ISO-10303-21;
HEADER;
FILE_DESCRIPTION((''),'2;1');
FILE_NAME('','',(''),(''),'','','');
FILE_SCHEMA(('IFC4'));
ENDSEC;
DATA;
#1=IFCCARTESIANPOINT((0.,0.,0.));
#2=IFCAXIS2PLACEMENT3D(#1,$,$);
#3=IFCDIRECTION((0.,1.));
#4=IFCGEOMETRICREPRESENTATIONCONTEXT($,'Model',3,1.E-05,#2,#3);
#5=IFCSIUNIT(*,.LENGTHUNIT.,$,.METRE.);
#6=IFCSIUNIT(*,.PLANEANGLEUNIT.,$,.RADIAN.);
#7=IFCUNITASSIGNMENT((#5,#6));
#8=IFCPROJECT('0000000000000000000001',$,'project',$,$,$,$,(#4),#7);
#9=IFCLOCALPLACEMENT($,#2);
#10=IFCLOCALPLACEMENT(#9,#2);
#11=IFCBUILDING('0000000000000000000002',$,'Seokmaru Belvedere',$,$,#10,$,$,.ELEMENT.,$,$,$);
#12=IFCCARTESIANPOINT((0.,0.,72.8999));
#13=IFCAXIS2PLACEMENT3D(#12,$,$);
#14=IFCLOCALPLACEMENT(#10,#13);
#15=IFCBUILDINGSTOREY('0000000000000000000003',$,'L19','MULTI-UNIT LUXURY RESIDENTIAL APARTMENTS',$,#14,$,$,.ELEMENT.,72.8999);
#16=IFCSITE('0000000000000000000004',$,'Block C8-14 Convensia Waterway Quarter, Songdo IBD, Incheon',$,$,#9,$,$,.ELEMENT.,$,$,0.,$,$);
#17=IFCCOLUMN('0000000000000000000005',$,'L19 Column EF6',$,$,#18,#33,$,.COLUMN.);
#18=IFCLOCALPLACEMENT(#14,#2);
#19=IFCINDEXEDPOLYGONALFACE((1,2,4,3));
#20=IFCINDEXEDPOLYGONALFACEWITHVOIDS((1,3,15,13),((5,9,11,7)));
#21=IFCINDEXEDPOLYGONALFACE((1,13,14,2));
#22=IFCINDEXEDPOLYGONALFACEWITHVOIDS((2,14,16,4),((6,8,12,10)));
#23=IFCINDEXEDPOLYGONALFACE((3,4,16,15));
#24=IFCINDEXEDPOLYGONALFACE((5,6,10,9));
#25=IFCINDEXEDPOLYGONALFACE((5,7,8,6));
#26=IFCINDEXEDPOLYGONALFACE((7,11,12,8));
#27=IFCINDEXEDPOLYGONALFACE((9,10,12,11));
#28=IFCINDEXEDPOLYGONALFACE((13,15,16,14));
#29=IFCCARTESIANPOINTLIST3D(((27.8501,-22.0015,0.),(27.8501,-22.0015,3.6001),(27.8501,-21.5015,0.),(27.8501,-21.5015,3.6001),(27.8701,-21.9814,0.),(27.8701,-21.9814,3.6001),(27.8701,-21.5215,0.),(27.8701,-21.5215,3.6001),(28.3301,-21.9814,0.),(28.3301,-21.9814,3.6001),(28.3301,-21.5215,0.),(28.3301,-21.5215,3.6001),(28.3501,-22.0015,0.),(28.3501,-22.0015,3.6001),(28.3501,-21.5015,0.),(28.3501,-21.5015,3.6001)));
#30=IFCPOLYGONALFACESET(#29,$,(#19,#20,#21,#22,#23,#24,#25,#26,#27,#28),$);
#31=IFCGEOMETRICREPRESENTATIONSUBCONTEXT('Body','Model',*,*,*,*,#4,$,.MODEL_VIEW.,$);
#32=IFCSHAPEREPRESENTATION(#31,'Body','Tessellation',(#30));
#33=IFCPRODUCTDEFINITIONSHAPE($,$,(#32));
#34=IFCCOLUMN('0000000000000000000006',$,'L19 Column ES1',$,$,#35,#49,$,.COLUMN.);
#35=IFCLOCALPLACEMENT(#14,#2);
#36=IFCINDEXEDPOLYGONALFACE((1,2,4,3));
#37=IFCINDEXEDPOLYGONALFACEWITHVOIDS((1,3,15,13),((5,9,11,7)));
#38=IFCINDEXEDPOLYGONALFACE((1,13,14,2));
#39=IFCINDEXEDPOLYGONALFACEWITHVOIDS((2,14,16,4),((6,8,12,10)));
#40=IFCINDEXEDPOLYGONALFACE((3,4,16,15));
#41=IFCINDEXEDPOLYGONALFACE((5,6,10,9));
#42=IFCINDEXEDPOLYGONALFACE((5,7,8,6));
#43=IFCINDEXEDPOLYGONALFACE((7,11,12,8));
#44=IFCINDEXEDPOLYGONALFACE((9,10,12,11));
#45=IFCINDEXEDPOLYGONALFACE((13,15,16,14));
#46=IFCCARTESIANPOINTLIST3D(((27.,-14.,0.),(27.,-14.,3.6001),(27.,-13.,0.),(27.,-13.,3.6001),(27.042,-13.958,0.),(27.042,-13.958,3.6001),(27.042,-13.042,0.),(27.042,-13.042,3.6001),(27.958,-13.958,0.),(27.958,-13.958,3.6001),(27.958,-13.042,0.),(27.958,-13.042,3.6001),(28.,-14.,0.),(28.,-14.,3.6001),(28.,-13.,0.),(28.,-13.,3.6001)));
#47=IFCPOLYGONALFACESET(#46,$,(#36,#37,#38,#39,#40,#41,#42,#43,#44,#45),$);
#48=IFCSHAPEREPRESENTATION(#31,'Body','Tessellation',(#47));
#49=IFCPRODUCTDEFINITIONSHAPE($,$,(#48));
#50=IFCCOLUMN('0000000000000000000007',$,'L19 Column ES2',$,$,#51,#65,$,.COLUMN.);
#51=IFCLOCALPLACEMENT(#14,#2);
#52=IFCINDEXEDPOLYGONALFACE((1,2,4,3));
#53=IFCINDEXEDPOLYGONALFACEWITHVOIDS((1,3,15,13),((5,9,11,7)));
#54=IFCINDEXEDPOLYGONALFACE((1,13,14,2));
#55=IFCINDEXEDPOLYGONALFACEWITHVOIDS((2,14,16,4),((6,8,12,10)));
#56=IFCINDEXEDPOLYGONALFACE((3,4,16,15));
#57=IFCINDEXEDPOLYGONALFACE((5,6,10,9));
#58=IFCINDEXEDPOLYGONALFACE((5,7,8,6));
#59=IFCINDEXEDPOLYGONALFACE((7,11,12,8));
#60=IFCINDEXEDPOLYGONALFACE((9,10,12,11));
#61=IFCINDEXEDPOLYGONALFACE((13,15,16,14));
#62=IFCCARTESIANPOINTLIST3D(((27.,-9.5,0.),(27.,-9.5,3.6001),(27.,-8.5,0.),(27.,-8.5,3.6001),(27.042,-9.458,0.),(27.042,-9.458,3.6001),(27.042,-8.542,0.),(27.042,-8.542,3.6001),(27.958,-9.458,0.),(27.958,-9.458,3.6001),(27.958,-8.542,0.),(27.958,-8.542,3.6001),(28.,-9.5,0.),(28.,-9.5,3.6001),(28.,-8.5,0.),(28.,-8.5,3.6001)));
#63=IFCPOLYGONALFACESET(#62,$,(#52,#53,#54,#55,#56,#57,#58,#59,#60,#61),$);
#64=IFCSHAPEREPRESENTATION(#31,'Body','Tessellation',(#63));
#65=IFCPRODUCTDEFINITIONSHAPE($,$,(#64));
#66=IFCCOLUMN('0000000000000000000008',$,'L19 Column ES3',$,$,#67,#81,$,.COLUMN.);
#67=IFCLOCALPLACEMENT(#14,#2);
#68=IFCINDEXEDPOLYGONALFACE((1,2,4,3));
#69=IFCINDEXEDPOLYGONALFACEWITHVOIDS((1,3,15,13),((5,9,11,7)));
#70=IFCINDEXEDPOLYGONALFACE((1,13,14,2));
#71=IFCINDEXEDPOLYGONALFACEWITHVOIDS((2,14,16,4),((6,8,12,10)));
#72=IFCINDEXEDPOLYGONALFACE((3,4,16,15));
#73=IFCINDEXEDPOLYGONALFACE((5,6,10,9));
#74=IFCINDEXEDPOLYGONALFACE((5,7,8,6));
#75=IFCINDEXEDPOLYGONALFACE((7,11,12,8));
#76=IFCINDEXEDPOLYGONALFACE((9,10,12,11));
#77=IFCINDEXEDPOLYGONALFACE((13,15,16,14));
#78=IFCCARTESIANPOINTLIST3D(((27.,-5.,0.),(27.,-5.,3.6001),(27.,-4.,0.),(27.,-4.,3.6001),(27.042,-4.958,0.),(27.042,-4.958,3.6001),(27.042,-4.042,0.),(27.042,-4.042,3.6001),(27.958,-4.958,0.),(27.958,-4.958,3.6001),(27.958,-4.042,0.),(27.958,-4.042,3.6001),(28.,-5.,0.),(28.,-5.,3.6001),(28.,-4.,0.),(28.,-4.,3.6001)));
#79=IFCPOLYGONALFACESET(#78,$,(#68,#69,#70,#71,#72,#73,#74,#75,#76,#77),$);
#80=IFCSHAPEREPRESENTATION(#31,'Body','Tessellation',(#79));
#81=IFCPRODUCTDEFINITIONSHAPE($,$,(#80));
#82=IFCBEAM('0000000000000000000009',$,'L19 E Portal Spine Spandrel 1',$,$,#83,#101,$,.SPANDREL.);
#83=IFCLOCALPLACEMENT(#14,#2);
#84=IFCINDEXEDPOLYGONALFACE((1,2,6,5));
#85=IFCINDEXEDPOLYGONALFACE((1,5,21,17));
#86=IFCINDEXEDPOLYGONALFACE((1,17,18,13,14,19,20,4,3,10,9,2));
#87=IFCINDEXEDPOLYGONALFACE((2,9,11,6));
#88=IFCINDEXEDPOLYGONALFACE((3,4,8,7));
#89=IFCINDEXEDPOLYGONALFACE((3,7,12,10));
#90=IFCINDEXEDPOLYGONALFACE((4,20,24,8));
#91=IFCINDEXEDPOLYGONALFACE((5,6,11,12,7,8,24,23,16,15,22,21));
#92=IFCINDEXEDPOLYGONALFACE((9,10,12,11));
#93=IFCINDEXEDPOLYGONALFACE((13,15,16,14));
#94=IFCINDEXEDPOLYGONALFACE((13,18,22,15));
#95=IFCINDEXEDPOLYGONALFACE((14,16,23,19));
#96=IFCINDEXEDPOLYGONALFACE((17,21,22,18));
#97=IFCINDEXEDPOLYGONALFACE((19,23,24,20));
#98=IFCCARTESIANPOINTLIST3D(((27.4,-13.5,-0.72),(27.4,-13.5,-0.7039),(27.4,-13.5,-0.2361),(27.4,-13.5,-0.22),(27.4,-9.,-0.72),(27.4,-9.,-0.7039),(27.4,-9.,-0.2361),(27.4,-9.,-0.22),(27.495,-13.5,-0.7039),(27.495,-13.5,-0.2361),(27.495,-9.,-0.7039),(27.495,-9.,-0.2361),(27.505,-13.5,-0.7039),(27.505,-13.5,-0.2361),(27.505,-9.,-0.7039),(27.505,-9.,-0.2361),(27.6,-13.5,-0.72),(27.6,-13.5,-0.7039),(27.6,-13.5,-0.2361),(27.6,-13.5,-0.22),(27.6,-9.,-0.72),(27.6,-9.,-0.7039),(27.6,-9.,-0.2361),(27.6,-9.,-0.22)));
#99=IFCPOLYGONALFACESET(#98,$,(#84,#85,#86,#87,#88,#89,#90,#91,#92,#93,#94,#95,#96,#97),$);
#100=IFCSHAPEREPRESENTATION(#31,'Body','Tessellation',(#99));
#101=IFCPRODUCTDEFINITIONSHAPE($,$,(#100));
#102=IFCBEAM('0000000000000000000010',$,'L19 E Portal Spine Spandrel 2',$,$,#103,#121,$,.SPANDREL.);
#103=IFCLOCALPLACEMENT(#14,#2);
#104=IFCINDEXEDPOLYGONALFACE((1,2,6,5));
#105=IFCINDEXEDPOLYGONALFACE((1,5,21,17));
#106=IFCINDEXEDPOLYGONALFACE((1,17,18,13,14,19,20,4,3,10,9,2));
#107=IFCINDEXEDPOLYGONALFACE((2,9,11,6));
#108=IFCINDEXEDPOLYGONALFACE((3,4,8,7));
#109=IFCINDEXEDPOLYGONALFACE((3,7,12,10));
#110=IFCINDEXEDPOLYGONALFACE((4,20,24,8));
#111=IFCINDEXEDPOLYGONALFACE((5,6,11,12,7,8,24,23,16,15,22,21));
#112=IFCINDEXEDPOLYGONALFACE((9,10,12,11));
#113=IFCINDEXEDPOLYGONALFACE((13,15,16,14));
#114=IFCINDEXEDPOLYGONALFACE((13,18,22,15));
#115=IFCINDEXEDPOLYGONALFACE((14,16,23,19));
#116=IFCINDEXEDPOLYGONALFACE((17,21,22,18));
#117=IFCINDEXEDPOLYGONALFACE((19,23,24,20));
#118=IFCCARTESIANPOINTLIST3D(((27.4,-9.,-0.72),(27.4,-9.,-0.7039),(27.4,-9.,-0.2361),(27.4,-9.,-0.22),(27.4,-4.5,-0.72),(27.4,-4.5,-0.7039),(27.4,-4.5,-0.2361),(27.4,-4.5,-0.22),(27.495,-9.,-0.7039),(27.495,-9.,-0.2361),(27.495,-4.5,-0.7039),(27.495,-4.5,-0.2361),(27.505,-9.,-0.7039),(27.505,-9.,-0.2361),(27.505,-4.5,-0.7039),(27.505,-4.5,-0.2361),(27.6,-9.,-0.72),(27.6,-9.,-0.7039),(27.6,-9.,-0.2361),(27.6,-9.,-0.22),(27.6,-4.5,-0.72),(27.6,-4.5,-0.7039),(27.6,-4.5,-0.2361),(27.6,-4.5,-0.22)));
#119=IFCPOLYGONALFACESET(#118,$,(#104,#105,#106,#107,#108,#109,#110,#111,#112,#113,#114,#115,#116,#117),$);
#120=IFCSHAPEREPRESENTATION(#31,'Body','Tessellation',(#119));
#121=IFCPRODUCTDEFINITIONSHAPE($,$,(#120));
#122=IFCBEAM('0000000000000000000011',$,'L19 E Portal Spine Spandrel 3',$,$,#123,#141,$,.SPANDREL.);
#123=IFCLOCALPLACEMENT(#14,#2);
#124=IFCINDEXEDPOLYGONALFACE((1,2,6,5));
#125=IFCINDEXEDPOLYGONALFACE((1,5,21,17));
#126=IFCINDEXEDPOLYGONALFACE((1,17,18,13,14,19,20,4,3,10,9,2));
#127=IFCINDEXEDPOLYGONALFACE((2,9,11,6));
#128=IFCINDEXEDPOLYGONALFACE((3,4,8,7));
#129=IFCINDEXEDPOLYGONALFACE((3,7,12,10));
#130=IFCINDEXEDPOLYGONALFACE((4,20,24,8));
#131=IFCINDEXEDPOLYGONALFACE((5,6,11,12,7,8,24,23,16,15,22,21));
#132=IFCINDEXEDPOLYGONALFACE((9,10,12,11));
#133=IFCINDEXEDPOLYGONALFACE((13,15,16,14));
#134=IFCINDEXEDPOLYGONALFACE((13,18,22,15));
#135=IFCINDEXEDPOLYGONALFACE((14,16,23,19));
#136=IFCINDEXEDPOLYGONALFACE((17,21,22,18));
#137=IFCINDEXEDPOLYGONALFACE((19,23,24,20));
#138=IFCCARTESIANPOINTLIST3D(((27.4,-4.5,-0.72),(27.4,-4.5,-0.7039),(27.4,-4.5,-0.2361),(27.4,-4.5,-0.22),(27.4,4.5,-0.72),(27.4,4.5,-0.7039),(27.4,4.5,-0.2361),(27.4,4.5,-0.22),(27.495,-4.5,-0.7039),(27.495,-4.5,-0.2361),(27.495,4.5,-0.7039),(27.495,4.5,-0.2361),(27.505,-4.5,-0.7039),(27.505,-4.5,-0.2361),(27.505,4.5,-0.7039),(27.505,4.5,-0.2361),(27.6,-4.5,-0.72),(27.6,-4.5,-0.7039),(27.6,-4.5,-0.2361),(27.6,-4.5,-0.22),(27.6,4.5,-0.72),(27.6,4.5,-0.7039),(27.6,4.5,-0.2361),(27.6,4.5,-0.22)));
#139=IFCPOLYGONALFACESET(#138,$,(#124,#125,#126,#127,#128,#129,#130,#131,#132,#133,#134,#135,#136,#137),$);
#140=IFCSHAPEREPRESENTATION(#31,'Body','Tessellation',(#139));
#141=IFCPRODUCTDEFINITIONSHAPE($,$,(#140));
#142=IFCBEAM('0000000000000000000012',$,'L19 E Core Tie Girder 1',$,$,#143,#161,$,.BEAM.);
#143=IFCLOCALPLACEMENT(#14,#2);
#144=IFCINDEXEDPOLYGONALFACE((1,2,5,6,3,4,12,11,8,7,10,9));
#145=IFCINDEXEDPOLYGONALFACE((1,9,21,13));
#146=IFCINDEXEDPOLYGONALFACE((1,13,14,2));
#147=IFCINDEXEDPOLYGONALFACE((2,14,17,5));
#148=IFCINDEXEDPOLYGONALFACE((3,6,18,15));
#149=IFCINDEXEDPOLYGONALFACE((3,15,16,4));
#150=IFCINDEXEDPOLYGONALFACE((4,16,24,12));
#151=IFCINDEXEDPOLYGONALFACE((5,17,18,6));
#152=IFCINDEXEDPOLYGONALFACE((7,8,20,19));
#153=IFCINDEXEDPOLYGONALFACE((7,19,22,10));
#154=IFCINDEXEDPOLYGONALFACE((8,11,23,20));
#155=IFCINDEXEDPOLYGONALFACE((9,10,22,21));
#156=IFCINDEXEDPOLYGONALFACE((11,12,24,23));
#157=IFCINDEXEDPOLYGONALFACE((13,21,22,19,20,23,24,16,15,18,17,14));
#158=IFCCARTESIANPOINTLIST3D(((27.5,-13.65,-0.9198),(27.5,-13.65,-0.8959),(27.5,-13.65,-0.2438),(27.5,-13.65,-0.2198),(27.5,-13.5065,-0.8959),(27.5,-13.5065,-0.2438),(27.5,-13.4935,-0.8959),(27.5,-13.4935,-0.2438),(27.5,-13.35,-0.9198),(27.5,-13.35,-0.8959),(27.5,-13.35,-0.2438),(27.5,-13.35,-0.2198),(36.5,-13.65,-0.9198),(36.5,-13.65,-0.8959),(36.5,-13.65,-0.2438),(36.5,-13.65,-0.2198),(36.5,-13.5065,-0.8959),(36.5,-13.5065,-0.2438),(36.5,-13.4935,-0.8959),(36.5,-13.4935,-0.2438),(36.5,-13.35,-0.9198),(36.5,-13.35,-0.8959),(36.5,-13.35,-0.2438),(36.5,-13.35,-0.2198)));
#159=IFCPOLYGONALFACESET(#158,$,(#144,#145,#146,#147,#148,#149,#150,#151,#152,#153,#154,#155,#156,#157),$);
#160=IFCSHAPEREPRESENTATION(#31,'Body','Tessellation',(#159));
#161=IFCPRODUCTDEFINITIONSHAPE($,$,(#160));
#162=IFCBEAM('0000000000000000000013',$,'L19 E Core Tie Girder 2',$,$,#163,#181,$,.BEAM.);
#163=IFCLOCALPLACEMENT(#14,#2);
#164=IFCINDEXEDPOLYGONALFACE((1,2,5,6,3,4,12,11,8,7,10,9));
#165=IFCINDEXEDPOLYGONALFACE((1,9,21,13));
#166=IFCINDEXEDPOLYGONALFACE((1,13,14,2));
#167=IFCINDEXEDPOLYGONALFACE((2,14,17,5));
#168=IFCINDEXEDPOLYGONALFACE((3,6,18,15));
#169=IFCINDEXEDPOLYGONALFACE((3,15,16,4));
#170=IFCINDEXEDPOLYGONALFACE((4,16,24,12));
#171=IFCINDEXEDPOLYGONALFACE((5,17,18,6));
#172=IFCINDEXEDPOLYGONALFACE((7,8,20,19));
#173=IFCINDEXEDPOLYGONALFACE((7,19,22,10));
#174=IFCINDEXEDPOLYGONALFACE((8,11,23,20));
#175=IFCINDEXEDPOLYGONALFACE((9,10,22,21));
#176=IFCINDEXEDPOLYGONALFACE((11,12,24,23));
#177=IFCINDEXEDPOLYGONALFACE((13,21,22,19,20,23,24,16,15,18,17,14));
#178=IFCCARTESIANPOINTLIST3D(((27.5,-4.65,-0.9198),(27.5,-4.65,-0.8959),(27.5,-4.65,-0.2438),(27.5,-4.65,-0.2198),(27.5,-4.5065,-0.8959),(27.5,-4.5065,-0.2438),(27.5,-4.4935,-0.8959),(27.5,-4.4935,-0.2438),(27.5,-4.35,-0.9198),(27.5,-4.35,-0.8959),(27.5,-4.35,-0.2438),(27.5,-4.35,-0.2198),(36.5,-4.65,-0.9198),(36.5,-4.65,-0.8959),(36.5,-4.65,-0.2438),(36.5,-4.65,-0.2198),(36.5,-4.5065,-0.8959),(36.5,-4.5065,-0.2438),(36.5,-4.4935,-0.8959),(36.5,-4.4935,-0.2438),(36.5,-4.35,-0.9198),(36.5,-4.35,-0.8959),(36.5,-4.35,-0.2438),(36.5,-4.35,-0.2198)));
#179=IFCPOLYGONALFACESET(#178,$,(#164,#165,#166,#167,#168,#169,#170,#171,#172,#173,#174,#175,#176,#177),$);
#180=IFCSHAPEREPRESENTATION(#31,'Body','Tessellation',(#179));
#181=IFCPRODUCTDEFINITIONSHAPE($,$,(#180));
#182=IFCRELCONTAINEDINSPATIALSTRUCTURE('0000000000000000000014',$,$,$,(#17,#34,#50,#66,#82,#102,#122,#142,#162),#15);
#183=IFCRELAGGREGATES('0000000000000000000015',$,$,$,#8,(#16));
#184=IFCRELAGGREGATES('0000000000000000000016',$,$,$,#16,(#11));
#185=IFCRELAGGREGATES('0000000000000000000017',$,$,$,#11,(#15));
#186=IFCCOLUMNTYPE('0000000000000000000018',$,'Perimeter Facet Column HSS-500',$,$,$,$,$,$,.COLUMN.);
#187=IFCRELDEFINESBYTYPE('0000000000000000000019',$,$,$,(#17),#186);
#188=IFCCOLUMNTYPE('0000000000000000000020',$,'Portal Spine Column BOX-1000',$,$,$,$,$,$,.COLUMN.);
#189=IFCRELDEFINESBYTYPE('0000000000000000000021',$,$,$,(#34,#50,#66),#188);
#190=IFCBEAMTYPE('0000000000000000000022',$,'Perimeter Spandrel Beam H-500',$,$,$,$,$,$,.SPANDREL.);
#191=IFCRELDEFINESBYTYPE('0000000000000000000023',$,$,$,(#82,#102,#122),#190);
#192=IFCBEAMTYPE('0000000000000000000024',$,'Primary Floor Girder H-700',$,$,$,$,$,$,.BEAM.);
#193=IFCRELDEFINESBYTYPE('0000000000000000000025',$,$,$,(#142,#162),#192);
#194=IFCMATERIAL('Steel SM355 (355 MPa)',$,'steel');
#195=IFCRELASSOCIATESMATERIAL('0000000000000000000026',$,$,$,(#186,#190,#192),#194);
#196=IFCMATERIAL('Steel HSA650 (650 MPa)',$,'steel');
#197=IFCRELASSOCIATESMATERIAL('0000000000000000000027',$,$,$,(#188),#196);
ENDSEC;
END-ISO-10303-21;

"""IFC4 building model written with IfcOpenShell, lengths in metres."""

from ifc_helpers import new_model, si_unit, direction, frame, origin, origin_2d, place, context, subcontext, project, spatial, hollow_rectangle, i_section, extrude, source, transform, mapped, material, material_profile, profile_set, type_object, type_shapes, element, save


model = new_model("IFC4")

# Units and contexts
model_context = context("Model", 3, precision=1e-05, world=origin(), true_north=direction((0.0, 1.0)))
body_context = subcontext(model_context, "Body", "Model", "MODEL_VIEW")
ifc_project = project(units=[si_unit("LENGTHUNIT", "METRE"), si_unit("PLANEANGLEUNIT", "RADIAN")], contexts=[model_context])

# Site, building, storey
site_placement = place(None, origin())
site = spatial("IfcSite", under=ifc_project, at=site_placement, Name="Block C8-14 Convensia Waterway Quarter, Songdo IBD, Incheon", CompositionType="ELEMENT", RefElevation=0.0)
building_placement = place(site_placement, origin())
building = spatial("IfcBuilding", under=site, at=building_placement, Name="Seokmaru Belvedere", CompositionType="ELEMENT")
storey_placement = place(building_placement, frame((0.0, 0.0, 72.8999)))
storey = spatial("IfcBuildingStorey", under=building, at=storey_placement, Name="L19", Description="MULTI-UNIT LUXURY RESIDENTIAL APARTMENTS", CompositionType="ELEMENT", Elevation=72.8999)

# Columns
ifc_material_1 = material(Name="Steel SM355 (355 MPa)", Category="steel")
ifc_material_profile_1 = material_profile(ifc_material_1, hollow_rectangle(XDim=0.5, YDim=0.5, WallThickness=0.02, at=origin_2d()), Name="HSS-500x500x20")
ifc_profile_set_1 = profile_set([ifc_material_profile_1], Name="Steel SM355 (355 MPa)")
column_type_1 = type_object("IfcColumnType", Name="Perimeter Facet Column HSS-500", PredefinedType="COLUMN", material=ifc_profile_set_1)
shared_shape_1 = source(origin(), body_context, "Body", "SweptSolid", [
    extrude(hollow_rectangle(XDim=0.5, YDim=0.5, WallThickness=0.02, at=origin_2d()), origin(), (0.0, 0.0, 1.0), 3.6001),
])
type_shapes(column_type_1, [shared_shape_1])
column_placement = place(storey_placement, frame((28.1001, -21.7515, 0.0), z_axis=(0.0, 0.0, 1.0), x_axis=(1.0, 0.0, 0.0)))
element("IfcColumn", 1, at=column_placement, inside=storey, type_object=column_type_1, Name="L19 Column EF6", PredefinedType="COLUMN", context=body_context, shape_type="MappedRepresentation", body=[
    mapped(shared_shape_1, transform((0.0, 0.0, 0.0), scale=1.0)),
])
ifc_material_2 = material(Name="Steel HSA650 (650 MPa)", Category="steel")
ifc_material_profile_2 = material_profile(ifc_material_2, hollow_rectangle(XDim=1.0, YDim=1.0, WallThickness=0.042, at=origin_2d()), Name="BOX-1000x1000x42")
ifc_profile_set_2 = profile_set([ifc_material_profile_2], Name="Steel HSA650 (650 MPa)")
column_type_2 = type_object("IfcColumnType", Name="Portal Spine Column BOX-1000", PredefinedType="COLUMN", material=ifc_profile_set_2)
shared_shape_2 = source(origin(), body_context, "Body", "SweptSolid", [
    extrude(hollow_rectangle(XDim=1.0, YDim=1.0, WallThickness=0.042, at=origin_2d()), origin(), (0.0, 0.0, 1.0), 3.6001),
])
type_shapes(column_type_2, [shared_shape_2])
for number, where, z_axis, x_axis, name in (
    (2, (27.5, -13.5, 0.0), (0.0, 0.0, 1.0), (1.0, 0.0, 0.0), "L19 Column ES1"),
    (3, (27.5, -9.0, 0.0), (0.0, 0.0, 1.0), (1.0, 0.0, 0.0), "L19 Column ES2"),
    (4, (27.5, -4.5, 0.0), (0.0, 0.0, 1.0), (1.0, 0.0, 0.0), "L19 Column ES3"),
):
    element("IfcColumn", number, at=place(storey_placement, frame(where, z_axis=z_axis, x_axis=x_axis)), inside=storey, type_object=column_type_2, Name=name, PredefinedType="COLUMN", context=body_context, shape_type="MappedRepresentation", body=[
        mapped(shared_shape_2, transform((0.0, 0.0, 0.0), scale=1.0)),
    ])

# Beams
ifc_material_profile_3 = material_profile(ifc_material_1, i_section(OverallWidth=0.2, OverallDepth=0.5, WebThickness=0.01, FlangeThickness=0.0161, at=origin_2d()), Name="H-500x200x10x16")
ifc_profile_set_3 = profile_set([ifc_material_profile_3], Name="Steel SM355 (355 MPa)")
beam_type_1 = type_object("IfcBeamType", Name="Perimeter Spandrel Beam H-500", PredefinedType="SPANDREL", material=ifc_profile_set_3)
shared_shape_3 = source(origin(), body_context, "Body", "SweptSolid", [
    extrude(i_section(OverallWidth=0.2, OverallDepth=0.5, WebThickness=0.01, FlangeThickness=0.0161, at=origin_2d()), origin(), (0.0, 0.0, 1.0), 4.5),
])
for number, where, z_axis, x_axis, name in (
    (5, (27.5, -13.5, -0.47), (0.0, 1.0, 0.0), (-1.0, 0.0, 0.0), "L19 E Portal Spine Spandrel 1"),
    (6, (27.5, -9.0, -0.47), (0.0, 1.0, 0.0), (-1.0, 0.0, 0.0), "L19 E Portal Spine Spandrel 2"),
):
    element("IfcBeam", number, at=place(storey_placement, frame(where, z_axis=z_axis, x_axis=x_axis)), inside=storey, type_object=beam_type_1, Name=name, PredefinedType="SPANDREL", context=body_context, shape_type="MappedRepresentation", body=[
        mapped(shared_shape_3, transform((0.0, 0.0, 0.0), scale=1.0)),
    ])
shared_shape_4 = source(origin(), body_context, "Body", "SweptSolid", [
    extrude(i_section(OverallWidth=0.2, OverallDepth=0.5, WebThickness=0.01, FlangeThickness=0.0161, at=origin_2d()), origin(), (0.0, 0.0, 1.0), 9.0),
])
beam_1_placement = place(storey_placement, frame((27.5, -4.5, -0.47), z_axis=(0.0, 1.0, 0.0), x_axis=(-1.0, 0.0, 0.0)))
element("IfcBeam", 7, at=beam_1_placement, inside=storey, type_object=beam_type_1, Name="L19 E Portal Spine Spandrel 3", PredefinedType="SPANDREL", context=body_context, shape_type="MappedRepresentation", body=[
    mapped(shared_shape_4, transform((0.0, 0.0, 0.0), scale=1.0)),
])
ifc_material_profile_4 = material_profile(ifc_material_1, i_section(OverallWidth=0.3, OverallDepth=0.7, WebThickness=0.0129, FlangeThickness=0.0239, at=origin_2d()), Name="H-700x300x13x24")
ifc_profile_set_4 = profile_set([ifc_material_profile_4], Name="Steel SM355 (355 MPa)")
beam_type_2 = type_object("IfcBeamType", Name="Primary Floor Girder H-700", PredefinedType="BEAM", material=ifc_profile_set_4)
shared_shape_5 = source(origin(), body_context, "Body", "SweptSolid", [
    extrude(i_section(OverallWidth=0.3, OverallDepth=0.7, WebThickness=0.0129, FlangeThickness=0.0239, at=origin_2d()), origin(), (0.0, 0.0, 1.0), 9.0),
])
type_shapes(beam_type_2, [shared_shape_5])
for number, where, z_axis, x_axis, name in (
    (8, (27.5, -13.5, -0.5698), (1.0, 0.0, 0.0), (0.0, 1.0, 0.0), "L19 E Core Tie Girder 1"),
    (9, (27.5, -4.5, -0.5698), (1.0, 0.0, 0.0), (0.0, 1.0, 0.0), "L19 E Core Tie Girder 2"),
):
    element("IfcBeam", number, at=place(storey_placement, frame(where, z_axis=z_axis, x_axis=x_axis)), inside=storey, type_object=beam_type_2, Name=name, PredefinedType="BEAM", context=body_context, shape_type="MappedRepresentation", body=[
        mapped(shared_shape_5, transform((0.0, 0.0, 0.0), scale=1.0)),
    ])

save(model, "model.ifc")
